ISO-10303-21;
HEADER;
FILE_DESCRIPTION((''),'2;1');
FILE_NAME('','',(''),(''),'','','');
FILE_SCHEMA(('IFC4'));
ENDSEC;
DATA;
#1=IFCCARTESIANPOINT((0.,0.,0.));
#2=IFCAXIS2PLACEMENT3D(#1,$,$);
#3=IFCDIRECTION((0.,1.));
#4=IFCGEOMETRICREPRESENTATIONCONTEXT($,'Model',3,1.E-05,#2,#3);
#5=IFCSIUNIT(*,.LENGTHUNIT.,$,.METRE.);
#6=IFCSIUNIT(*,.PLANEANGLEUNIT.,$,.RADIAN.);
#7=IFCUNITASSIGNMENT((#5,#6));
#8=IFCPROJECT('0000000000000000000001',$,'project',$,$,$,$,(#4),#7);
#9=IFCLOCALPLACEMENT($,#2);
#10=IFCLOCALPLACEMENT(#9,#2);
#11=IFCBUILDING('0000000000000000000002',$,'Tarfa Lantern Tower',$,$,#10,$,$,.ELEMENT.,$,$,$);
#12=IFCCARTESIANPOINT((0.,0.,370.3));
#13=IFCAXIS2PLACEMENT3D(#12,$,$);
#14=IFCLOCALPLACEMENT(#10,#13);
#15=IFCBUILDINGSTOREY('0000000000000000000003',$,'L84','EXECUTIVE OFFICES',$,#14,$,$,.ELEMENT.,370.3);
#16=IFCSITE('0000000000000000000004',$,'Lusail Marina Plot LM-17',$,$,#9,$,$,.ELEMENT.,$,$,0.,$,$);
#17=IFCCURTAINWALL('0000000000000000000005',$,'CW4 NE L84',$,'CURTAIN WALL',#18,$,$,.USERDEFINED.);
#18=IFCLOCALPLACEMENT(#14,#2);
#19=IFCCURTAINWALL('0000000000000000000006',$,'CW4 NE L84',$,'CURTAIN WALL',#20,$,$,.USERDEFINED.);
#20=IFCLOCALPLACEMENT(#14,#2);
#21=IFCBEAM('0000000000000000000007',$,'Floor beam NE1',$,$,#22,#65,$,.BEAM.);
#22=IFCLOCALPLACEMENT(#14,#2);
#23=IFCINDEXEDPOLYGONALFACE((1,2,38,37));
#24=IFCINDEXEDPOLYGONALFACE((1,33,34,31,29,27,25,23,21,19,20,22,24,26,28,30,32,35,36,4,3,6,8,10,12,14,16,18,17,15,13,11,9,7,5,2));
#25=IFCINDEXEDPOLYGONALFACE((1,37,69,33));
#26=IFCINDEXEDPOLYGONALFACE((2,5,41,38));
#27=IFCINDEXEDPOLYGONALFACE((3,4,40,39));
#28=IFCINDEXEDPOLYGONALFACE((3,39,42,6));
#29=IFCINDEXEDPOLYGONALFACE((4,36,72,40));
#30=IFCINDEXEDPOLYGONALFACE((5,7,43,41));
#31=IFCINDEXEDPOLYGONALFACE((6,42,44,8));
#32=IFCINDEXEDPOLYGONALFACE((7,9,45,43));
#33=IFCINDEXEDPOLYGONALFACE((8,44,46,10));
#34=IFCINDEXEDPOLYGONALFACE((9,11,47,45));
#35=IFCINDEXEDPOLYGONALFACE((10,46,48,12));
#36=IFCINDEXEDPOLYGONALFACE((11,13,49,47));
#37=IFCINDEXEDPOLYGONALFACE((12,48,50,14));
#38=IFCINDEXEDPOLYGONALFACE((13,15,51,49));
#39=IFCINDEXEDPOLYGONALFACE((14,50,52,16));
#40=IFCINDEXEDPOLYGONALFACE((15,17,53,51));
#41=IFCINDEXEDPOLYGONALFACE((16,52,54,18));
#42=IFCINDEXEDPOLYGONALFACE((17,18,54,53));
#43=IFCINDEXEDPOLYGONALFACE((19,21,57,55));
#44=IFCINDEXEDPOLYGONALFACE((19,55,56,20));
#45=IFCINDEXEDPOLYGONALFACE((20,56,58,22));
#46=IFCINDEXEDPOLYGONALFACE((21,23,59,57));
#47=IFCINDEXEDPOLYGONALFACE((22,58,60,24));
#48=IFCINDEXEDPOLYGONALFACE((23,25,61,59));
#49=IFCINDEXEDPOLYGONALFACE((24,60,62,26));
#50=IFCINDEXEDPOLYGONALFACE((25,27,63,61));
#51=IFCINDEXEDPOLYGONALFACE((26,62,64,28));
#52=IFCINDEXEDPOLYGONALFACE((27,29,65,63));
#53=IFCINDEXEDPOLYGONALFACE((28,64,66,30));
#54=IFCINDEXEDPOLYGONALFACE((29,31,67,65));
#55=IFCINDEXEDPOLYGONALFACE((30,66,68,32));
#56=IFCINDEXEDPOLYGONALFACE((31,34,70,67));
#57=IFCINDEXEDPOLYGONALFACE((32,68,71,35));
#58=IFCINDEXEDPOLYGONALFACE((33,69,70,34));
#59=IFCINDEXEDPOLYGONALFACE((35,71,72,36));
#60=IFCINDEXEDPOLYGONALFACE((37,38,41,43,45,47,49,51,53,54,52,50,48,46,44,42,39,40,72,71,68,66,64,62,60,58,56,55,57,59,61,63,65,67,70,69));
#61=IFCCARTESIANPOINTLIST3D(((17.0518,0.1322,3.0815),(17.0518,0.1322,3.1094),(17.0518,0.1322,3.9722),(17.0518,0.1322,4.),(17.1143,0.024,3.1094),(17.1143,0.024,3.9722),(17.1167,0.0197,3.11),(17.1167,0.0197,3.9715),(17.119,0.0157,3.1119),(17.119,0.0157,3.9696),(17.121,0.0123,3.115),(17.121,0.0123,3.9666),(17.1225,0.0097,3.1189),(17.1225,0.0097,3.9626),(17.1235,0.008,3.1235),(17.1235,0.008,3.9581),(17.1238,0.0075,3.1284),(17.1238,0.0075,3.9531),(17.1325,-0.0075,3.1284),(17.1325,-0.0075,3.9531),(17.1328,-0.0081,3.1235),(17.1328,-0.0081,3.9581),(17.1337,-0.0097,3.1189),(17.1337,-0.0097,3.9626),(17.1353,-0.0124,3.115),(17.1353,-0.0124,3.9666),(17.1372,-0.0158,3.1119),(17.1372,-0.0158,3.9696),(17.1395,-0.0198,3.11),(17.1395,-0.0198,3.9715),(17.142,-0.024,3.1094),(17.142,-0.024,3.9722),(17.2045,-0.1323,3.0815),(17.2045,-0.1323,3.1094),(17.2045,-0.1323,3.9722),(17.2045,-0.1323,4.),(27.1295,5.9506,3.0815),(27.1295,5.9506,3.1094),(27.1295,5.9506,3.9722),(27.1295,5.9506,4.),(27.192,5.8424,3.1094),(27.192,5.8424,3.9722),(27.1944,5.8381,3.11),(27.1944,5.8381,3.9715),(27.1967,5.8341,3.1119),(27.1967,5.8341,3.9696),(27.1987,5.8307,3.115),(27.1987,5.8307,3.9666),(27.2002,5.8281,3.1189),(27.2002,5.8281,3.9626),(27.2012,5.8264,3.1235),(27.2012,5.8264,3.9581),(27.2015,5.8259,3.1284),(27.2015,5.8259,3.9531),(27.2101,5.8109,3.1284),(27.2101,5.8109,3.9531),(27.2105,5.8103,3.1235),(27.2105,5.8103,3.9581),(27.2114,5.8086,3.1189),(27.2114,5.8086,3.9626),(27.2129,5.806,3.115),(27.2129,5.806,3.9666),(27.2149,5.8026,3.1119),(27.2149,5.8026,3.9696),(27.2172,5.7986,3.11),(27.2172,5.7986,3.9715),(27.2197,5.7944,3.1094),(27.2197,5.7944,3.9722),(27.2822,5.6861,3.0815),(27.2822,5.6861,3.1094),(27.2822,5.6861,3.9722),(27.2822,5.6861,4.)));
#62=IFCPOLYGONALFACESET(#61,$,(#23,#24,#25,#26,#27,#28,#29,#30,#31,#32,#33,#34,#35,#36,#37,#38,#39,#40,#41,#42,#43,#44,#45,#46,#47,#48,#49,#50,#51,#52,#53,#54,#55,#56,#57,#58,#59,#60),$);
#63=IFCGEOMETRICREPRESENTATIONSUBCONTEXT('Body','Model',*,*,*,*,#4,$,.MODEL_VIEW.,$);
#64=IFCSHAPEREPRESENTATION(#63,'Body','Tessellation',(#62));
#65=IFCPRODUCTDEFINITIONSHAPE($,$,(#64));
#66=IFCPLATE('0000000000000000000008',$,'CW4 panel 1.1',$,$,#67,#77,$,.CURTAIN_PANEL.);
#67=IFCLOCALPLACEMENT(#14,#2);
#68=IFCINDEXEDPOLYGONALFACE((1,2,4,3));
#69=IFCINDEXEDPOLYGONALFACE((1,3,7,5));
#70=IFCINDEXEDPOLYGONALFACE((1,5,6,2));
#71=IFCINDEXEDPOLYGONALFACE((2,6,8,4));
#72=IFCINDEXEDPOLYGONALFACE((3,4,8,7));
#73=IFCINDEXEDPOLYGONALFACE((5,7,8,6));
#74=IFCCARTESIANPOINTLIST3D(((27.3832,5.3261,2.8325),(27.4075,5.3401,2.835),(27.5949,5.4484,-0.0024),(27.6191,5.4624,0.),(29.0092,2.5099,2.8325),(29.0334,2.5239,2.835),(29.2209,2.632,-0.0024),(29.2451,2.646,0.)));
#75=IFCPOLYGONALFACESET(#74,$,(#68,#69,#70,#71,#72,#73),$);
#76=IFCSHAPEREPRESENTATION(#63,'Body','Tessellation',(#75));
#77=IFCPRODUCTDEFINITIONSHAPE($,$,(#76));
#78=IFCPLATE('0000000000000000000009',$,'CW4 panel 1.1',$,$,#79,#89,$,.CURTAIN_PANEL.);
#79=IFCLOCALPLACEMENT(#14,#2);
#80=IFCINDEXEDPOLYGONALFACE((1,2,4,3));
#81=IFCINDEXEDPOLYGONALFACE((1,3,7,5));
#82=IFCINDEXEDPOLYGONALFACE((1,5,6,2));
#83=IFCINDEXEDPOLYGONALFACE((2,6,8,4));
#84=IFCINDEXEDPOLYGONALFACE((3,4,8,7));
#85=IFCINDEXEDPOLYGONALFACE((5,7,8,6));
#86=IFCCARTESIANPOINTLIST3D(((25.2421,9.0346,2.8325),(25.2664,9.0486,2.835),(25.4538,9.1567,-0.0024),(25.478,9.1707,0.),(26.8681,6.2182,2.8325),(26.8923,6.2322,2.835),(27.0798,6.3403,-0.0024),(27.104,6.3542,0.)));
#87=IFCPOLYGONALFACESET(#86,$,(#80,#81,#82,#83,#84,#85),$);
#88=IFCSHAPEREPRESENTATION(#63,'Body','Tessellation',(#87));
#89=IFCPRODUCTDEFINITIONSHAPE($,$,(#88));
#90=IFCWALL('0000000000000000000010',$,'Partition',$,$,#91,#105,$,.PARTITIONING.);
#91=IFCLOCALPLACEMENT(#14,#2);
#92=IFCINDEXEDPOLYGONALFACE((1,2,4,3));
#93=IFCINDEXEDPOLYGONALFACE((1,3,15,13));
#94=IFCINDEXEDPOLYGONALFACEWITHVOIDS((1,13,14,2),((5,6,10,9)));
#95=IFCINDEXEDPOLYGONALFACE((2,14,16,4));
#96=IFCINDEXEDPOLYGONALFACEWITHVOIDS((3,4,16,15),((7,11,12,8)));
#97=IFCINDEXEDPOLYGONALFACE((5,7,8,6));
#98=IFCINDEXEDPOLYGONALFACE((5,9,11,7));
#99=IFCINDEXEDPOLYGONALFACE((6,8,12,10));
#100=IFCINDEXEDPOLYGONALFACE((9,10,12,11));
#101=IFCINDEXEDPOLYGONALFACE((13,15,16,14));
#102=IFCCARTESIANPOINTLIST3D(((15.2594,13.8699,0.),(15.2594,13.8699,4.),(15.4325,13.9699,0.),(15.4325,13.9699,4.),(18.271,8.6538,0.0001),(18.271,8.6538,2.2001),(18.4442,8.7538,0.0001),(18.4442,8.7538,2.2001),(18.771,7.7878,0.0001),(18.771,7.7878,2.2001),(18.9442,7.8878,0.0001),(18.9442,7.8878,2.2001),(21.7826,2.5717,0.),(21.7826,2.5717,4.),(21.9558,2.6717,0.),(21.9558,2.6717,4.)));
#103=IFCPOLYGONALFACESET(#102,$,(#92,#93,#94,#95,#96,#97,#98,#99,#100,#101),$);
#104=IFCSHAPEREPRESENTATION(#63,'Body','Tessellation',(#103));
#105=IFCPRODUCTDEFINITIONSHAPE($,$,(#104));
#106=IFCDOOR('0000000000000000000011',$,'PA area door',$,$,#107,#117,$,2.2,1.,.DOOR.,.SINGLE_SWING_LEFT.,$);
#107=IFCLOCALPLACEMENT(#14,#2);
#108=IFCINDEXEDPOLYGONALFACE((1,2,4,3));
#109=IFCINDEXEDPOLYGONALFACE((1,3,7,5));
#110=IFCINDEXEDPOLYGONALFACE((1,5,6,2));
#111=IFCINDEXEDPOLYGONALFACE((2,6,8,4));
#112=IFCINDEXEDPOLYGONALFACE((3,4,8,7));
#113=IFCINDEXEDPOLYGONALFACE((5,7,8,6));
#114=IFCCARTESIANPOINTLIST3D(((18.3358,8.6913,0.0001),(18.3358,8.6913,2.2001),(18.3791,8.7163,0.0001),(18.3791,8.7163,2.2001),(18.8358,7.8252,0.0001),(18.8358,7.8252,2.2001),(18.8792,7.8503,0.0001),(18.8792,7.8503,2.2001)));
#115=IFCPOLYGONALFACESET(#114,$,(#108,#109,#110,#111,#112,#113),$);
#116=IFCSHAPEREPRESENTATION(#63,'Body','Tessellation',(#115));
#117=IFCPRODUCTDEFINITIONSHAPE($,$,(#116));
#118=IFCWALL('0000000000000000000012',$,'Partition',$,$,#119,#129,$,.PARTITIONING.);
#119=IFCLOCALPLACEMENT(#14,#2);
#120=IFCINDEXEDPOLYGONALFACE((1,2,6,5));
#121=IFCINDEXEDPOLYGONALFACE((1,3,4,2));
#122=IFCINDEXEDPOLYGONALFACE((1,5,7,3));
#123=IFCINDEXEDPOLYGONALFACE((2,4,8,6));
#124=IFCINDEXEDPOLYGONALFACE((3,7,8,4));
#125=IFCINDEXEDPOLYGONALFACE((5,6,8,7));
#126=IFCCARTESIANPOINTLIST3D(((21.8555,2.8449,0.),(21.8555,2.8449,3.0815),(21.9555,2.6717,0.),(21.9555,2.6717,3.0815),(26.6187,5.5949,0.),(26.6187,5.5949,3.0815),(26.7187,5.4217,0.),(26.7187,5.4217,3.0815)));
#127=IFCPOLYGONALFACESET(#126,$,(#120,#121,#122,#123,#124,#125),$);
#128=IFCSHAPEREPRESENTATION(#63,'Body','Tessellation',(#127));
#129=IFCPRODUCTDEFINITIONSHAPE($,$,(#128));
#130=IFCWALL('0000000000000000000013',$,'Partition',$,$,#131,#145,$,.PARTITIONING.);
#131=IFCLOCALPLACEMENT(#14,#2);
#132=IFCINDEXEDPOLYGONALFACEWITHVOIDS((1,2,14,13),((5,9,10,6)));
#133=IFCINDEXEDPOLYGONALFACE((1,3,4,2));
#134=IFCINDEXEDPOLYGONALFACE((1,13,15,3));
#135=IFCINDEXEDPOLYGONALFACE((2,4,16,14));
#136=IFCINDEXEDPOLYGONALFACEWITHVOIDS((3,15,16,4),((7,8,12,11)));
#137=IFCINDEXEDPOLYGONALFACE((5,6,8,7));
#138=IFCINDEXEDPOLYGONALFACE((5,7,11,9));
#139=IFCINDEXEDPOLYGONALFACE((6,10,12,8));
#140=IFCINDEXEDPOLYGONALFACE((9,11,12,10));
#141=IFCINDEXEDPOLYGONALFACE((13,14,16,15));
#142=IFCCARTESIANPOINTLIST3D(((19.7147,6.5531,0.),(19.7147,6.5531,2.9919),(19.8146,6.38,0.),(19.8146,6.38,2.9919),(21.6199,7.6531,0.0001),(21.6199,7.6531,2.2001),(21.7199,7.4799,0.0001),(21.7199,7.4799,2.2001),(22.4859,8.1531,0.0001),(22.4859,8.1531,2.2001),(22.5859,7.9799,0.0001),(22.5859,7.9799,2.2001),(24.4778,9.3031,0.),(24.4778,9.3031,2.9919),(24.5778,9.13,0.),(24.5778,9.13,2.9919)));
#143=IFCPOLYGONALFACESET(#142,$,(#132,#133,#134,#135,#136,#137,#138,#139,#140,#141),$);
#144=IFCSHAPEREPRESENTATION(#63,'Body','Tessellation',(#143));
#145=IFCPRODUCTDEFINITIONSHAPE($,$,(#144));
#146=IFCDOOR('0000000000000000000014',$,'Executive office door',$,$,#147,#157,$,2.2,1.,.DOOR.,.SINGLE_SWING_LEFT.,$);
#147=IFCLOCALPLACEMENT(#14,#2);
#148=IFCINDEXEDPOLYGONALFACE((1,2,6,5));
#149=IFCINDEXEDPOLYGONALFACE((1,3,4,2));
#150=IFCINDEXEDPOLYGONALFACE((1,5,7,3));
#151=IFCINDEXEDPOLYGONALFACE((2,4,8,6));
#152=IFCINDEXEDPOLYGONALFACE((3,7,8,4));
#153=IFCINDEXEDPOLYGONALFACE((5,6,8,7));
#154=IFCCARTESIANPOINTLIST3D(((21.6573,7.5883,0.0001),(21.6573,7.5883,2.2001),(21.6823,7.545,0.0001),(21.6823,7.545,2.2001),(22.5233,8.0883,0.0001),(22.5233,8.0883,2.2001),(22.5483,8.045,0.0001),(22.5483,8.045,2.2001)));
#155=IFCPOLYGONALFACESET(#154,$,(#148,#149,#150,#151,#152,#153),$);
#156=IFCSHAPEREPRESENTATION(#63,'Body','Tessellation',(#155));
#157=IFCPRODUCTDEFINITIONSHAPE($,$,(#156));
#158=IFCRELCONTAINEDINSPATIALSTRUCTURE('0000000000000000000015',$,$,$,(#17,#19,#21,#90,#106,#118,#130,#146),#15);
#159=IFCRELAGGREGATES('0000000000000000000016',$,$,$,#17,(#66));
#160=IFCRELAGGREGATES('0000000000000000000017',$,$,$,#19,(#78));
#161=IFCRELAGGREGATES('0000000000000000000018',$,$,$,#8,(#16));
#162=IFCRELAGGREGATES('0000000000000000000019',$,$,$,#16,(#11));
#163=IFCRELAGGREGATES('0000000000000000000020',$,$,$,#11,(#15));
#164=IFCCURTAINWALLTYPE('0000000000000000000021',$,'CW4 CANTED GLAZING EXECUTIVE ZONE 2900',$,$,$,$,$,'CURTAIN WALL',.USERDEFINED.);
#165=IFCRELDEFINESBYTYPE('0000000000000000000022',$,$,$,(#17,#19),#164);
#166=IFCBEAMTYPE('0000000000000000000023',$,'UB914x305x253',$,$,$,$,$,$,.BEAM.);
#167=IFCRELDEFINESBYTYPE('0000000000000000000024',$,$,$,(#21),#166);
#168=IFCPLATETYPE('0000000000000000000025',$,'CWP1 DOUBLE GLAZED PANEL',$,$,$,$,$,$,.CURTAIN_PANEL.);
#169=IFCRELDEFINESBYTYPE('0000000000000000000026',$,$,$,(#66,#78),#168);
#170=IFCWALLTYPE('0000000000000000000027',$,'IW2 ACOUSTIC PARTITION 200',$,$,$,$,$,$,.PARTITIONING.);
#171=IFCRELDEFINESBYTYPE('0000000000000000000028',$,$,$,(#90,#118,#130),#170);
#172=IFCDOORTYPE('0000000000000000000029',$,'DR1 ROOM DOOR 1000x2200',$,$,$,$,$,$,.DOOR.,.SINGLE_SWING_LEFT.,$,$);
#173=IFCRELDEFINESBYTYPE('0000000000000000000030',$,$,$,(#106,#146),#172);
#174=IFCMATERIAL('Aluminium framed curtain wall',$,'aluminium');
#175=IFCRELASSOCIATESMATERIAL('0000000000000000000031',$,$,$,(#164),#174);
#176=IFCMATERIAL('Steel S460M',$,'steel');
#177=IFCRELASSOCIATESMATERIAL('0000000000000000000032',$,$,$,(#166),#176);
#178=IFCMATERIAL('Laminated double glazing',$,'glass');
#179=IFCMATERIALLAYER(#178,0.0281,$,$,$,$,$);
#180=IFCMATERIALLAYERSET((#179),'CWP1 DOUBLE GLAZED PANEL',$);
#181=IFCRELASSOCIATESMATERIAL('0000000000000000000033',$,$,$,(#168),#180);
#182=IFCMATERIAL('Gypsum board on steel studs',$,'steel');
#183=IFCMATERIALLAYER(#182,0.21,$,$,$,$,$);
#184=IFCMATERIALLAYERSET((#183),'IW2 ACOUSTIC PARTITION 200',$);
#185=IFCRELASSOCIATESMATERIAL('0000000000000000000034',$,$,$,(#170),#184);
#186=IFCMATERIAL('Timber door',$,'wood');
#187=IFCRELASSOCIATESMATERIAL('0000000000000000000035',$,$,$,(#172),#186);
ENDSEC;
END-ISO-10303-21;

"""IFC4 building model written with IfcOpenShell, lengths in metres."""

from ifc_helpers import new_model, si_unit, direction, frame, frame_2d, origin, origin_2d, place, context, subcontext, project, spatial, polyline, rectangle, i_section, outline, extrude, material, layer, layer_set, material_profile, profile_set, type_object, element, fill, aggregate, save


model = new_model("IFC4")

# Units and contexts
model_context = context("Model", 3, precision=1e-05, world=origin(), true_north=direction((0.0, 1.0)))
body_context = subcontext(model_context, "Body", "Model", "MODEL_VIEW")
ifc_project = project(units=[si_unit("LENGTHUNIT", "METRE"), si_unit("PLANEANGLEUNIT", "RADIAN")], contexts=[model_context])

# Site, building, storey
site_placement = place(None, origin())
site = spatial("IfcSite", under=ifc_project, at=site_placement, Name="Lusail Marina Plot LM-17", CompositionType="ELEMENT", RefElevation=0.0)
building_placement = place(site_placement, origin())
building = spatial("IfcBuilding", under=site, at=building_placement, Name="Tarfa Lantern Tower", CompositionType="ELEMENT")
storey_placement = place(building_placement, frame((0.0, 0.0, 370.3)))
storey = spatial("IfcBuildingStorey", under=building, at=storey_placement, Name="L84", Description="EXECUTIVE OFFICES", CompositionType="ELEMENT", Elevation=370.3)

# Curtain walls
ifc_material_1 = material(Name="Aluminium framed curtain wall", Category="aluminium")
curtain_wall_type = type_object("IfcCurtainWallType", Name="CW4 CANTED GLAZING EXECUTIVE ZONE 2900", ElementType="CURTAIN WALL", PredefinedType="USERDEFINED", material=ifc_material_1)
curtain_wall_1_placement = place(storey_placement, origin())
curtain_wall_1 = element("IfcCurtainWall", 1, at=curtain_wall_1_placement, inside=storey, type_object=curtain_wall_type, Name="CW4 NE L84", ObjectType="CURTAIN WALL", PredefinedType="USERDEFINED")
curtain_wall_2_placement = place(storey_placement, origin())
curtain_wall_2 = element("IfcCurtainWall", 2, at=curtain_wall_2_placement, inside=storey, type_object=curtain_wall_type, Name="CW4 NE L84", ObjectType="CURTAIN WALL", PredefinedType="USERDEFINED")

# Beam
ifc_material_2 = material(Name="Steel S460M", Category="steel")
ifc_material_profile_1 = material_profile(ifc_material_2, i_section(OverallWidth=0.3054, OverallDepth=0.9185, WebThickness=0.0173, FlangeThickness=0.0278, FilletRadius=0.019, at=origin_2d()), Name="UB914x305x253")
ifc_profile_set_1 = profile_set([ifc_material_profile_1], Name="Steel S460M")
beam_type_1 = type_object("IfcBeamType", Name="UB914x305x253", PredefinedType="BEAM", material=ifc_profile_set_1)
beam_1_placement = place(storey_placement, frame((27.2058, 5.8184, 3.5408), z_axis=(-0.866024, -0.500002, 0.0), x_axis=(0.500002, -0.866024, 0.0)))
element("IfcBeam", 3, at=beam_1_placement, inside=storey, type_object=beam_type_1, Name="Floor beam NE1", PredefinedType="BEAM", context=body_context, shape_type="SweptSolid", body=[
    extrude(i_section(OverallWidth=0.3054, OverallDepth=0.9185, WebThickness=0.0173, FlangeThickness=0.0278, FilletRadius=0.019, at=origin_2d()), origin(), (0.0, 0.0, 1.0), 11.6367),
])

# Plates
ifc_material_3 = material(Name="Laminated double glazing", Category="glass")
ifc_layer_1 = layer(ifc_material_3, 0.0281)
ifc_layer_set_1 = layer_set([ifc_layer_1], Name="CWP1 DOUBLE GLAZED PANEL")
plate_type = type_object("IfcPlateType", Name="CWP1 DOUBLE GLAZED PANEL", PredefinedType="CURTAIN_PANEL", material=ifc_layer_set_1)
plate_1_placement = place(storey_placement, frame((29.2451, 2.646, 0.0), z_axis=(0.862826, 0.498151, 0.085893), x_axis=(-0.499999, 0.866026, -0.000002)))
plate_1 = element("IfcPlate", 4, at=plate_1_placement, type_object=plate_type, Name="CW4 panel 1.1", PredefinedType="CURTAIN_PANEL", context=body_context, shape_type="SweptSolid", body=[
    extrude(outline(polyline([(0.0, 0.0), (3.2521, 0.0), (3.252, 2.8455), (0.0001, 2.8455), (0.0, 0.0)])), origin(), (0.0, 0.0, -1.0), 0.0281),
])
aggregate(curtain_wall_1, [plate_1])
plate_2_placement = place(storey_placement, frame((27.104, 6.3542, 0.0), z_axis=(0.862837, 0.498136, 0.085872), x_axis=(-0.499982, 0.866036, 0.0)))
plate_2 = element("IfcPlate", 5, at=plate_2_placement, type_object=plate_type, Name="CW4 panel 1.1", PredefinedType="CURTAIN_PANEL", context=body_context, shape_type="SweptSolid", body=[
    extrude(outline(polyline([(0.0, 0.0), (3.2521, 0.0), (3.2522, 2.8455), (0.0001, 2.8455), (0.0, 0.0)])), origin(), (0.0, 0.0, -1.0), 0.0281),
])
aggregate(curtain_wall_2, [plate_2])

# Wall, opening, door
ifc_material_4 = material(Name="Gypsum board on steel studs", Category="steel")
ifc_layer_2 = layer(ifc_material_4, 0.21)
ifc_layer_set_2 = layer_set([ifc_layer_2], Name="IW2 ACOUSTIC PARTITION 200")
wall_type = type_object("IfcWallType", Name="IW2 ACOUSTIC PARTITION 200", PredefinedType="PARTITIONING", material=ifc_layer_set_2)
wall_1_placement = place(storey_placement, frame((21.8691, 2.6218, 0.0), z_axis=(0.0, 0.0, 1.0), x_axis=(-0.500013, 0.866018, 0.0)))
wall_1 = element("IfcWall", 6, at=wall_1_placement, inside=storey, type_object=wall_type, Name="Partition", PredefinedType="PARTITIONING", context=body_context, shape_type="SweptSolid", body=[
    extrude(rectangle(XDim=13.0461, YDim=0.2, at=frame_2d((6.5229, 0.0))), origin(), (0.0, 0.0, 1.0), 4.0),
])
opening_1_placement = place(wall_1_placement, frame((6.0229, 0.0, 0.0)))
opening_1 = element("IfcOpeningElement", 7, at=opening_1_placement, cuts=wall_1, PredefinedType="OPENING", context=body_context, shape_type="SweptSolid", body=[
    extrude(rectangle(XDim=1.0, YDim=2.2, at=frame_2d((0.5, 1.1001))), frame((0.0, 0.1099, 0.0), z_axis=(0.0, -1.0, 0.0), x_axis=(1.0, 0.0, 0.0)), (0.0, 0.0, 1.0), 0.22),
])
ifc_material_5 = material(Name="Timber door", Category="wood")
door_type = type_object("IfcDoorType", Name="DR1 ROOM DOOR 1000x2200", OperationType="SINGLE_SWING_LEFT", PredefinedType="DOOR", material=ifc_material_5)
door_1_placement = place(opening_1_placement, frame((1.0, 0.0, 0.0), z_axis=(0.0, 0.0, 1.0), x_axis=(-1.0, 0.0, 0.0)))
door_1 = element("IfcDoor", 8, at=door_1_placement, inside=storey, type_object=door_type, Name="PA area door", OperationType="SINGLE_SWING_LEFT", OverallHeight=2.2, OverallWidth=1.0, PredefinedType="DOOR", context=body_context, shape_type="SweptSolid", body=[
    extrude(rectangle(XDim=1.0, YDim=2.2, at=frame_2d((0.5, 1.1001))), frame((0.0, 0.0249, 0.0), z_axis=(0.0, -1.0, 0.0), x_axis=(1.0, 0.0, 0.0)), (0.0, 0.0, 1.0), 0.05),
])
fill(opening_1, door_1)

# Wall
wall_2_placement = place(storey_placement, frame((21.9055, 2.7583, 0.0), z_axis=(0.0, 0.0, 1.0), x_axis=(0.866027, 0.499997, 0.0)))
element("IfcWall", 9, at=wall_2_placement, inside=storey, type_object=wall_type, Name="Partition", PredefinedType="PARTITIONING", context=body_context, shape_type="SweptSolid", body=[
    extrude(rectangle(XDim=5.5, YDim=0.2, at=frame_2d((2.75, 0.0))), origin(), (0.0, 0.0, 1.0), 3.0815),
])

# Wall, opening, door
wall_3_placement = place(storey_placement, frame((19.7646, 6.4666, 0.0), z_axis=(0.0, 0.0, 1.0), x_axis=(0.866027, 0.499997, 0.0)))
wall_3 = element("IfcWall", 10, at=wall_3_placement, inside=storey, type_object=wall_type, Name="Partition", PredefinedType="PARTITIONING", context=body_context, shape_type="SweptSolid", body=[
    extrude(rectangle(XDim=5.5, YDim=0.2, at=frame_2d((2.75, 0.0))), origin(), (0.0, 0.0, 1.0), 2.9919),
])
opening_2_placement = place(wall_3_placement, frame((2.2, 0.0, 0.0)))
opening_2 = element("IfcOpeningElement", 11, at=opening_2_placement, cuts=wall_3, PredefinedType="OPENING", context=body_context, shape_type="SweptSolid", body=[
    extrude(rectangle(XDim=1.0, YDim=2.2, at=frame_2d((0.5, 1.1001))), frame((0.0, 0.1099, 0.0), z_axis=(0.0, -1.0, 0.0), x_axis=(1.0, 0.0, 0.0)), (0.0, 0.0, 1.0), 0.22),
])
door_2_placement = place(opening_2_placement, frame((1.0, 0.0, 0.0), z_axis=(0.0, 0.0, 1.0), x_axis=(-1.0, 0.0, 0.0)))
door_2 = element("IfcDoor", 12, at=door_2_placement, inside=storey, type_object=door_type, Name="Executive office door", OperationType="SINGLE_SWING_LEFT", OverallHeight=2.2, OverallWidth=1.0, PredefinedType="DOOR", context=body_context, shape_type="SweptSolid", body=[
    extrude(rectangle(XDim=1.0, YDim=2.2, at=frame_2d((0.5, 1.1001))), frame((0.0, 0.0249, 0.0), z_axis=(0.0, -1.0, 0.0), x_axis=(1.0, 0.0, 0.0)), (0.0, 0.0, 1.0), 0.05),
])
fill(opening_2, door_2)

save(model, "model.ifc")
